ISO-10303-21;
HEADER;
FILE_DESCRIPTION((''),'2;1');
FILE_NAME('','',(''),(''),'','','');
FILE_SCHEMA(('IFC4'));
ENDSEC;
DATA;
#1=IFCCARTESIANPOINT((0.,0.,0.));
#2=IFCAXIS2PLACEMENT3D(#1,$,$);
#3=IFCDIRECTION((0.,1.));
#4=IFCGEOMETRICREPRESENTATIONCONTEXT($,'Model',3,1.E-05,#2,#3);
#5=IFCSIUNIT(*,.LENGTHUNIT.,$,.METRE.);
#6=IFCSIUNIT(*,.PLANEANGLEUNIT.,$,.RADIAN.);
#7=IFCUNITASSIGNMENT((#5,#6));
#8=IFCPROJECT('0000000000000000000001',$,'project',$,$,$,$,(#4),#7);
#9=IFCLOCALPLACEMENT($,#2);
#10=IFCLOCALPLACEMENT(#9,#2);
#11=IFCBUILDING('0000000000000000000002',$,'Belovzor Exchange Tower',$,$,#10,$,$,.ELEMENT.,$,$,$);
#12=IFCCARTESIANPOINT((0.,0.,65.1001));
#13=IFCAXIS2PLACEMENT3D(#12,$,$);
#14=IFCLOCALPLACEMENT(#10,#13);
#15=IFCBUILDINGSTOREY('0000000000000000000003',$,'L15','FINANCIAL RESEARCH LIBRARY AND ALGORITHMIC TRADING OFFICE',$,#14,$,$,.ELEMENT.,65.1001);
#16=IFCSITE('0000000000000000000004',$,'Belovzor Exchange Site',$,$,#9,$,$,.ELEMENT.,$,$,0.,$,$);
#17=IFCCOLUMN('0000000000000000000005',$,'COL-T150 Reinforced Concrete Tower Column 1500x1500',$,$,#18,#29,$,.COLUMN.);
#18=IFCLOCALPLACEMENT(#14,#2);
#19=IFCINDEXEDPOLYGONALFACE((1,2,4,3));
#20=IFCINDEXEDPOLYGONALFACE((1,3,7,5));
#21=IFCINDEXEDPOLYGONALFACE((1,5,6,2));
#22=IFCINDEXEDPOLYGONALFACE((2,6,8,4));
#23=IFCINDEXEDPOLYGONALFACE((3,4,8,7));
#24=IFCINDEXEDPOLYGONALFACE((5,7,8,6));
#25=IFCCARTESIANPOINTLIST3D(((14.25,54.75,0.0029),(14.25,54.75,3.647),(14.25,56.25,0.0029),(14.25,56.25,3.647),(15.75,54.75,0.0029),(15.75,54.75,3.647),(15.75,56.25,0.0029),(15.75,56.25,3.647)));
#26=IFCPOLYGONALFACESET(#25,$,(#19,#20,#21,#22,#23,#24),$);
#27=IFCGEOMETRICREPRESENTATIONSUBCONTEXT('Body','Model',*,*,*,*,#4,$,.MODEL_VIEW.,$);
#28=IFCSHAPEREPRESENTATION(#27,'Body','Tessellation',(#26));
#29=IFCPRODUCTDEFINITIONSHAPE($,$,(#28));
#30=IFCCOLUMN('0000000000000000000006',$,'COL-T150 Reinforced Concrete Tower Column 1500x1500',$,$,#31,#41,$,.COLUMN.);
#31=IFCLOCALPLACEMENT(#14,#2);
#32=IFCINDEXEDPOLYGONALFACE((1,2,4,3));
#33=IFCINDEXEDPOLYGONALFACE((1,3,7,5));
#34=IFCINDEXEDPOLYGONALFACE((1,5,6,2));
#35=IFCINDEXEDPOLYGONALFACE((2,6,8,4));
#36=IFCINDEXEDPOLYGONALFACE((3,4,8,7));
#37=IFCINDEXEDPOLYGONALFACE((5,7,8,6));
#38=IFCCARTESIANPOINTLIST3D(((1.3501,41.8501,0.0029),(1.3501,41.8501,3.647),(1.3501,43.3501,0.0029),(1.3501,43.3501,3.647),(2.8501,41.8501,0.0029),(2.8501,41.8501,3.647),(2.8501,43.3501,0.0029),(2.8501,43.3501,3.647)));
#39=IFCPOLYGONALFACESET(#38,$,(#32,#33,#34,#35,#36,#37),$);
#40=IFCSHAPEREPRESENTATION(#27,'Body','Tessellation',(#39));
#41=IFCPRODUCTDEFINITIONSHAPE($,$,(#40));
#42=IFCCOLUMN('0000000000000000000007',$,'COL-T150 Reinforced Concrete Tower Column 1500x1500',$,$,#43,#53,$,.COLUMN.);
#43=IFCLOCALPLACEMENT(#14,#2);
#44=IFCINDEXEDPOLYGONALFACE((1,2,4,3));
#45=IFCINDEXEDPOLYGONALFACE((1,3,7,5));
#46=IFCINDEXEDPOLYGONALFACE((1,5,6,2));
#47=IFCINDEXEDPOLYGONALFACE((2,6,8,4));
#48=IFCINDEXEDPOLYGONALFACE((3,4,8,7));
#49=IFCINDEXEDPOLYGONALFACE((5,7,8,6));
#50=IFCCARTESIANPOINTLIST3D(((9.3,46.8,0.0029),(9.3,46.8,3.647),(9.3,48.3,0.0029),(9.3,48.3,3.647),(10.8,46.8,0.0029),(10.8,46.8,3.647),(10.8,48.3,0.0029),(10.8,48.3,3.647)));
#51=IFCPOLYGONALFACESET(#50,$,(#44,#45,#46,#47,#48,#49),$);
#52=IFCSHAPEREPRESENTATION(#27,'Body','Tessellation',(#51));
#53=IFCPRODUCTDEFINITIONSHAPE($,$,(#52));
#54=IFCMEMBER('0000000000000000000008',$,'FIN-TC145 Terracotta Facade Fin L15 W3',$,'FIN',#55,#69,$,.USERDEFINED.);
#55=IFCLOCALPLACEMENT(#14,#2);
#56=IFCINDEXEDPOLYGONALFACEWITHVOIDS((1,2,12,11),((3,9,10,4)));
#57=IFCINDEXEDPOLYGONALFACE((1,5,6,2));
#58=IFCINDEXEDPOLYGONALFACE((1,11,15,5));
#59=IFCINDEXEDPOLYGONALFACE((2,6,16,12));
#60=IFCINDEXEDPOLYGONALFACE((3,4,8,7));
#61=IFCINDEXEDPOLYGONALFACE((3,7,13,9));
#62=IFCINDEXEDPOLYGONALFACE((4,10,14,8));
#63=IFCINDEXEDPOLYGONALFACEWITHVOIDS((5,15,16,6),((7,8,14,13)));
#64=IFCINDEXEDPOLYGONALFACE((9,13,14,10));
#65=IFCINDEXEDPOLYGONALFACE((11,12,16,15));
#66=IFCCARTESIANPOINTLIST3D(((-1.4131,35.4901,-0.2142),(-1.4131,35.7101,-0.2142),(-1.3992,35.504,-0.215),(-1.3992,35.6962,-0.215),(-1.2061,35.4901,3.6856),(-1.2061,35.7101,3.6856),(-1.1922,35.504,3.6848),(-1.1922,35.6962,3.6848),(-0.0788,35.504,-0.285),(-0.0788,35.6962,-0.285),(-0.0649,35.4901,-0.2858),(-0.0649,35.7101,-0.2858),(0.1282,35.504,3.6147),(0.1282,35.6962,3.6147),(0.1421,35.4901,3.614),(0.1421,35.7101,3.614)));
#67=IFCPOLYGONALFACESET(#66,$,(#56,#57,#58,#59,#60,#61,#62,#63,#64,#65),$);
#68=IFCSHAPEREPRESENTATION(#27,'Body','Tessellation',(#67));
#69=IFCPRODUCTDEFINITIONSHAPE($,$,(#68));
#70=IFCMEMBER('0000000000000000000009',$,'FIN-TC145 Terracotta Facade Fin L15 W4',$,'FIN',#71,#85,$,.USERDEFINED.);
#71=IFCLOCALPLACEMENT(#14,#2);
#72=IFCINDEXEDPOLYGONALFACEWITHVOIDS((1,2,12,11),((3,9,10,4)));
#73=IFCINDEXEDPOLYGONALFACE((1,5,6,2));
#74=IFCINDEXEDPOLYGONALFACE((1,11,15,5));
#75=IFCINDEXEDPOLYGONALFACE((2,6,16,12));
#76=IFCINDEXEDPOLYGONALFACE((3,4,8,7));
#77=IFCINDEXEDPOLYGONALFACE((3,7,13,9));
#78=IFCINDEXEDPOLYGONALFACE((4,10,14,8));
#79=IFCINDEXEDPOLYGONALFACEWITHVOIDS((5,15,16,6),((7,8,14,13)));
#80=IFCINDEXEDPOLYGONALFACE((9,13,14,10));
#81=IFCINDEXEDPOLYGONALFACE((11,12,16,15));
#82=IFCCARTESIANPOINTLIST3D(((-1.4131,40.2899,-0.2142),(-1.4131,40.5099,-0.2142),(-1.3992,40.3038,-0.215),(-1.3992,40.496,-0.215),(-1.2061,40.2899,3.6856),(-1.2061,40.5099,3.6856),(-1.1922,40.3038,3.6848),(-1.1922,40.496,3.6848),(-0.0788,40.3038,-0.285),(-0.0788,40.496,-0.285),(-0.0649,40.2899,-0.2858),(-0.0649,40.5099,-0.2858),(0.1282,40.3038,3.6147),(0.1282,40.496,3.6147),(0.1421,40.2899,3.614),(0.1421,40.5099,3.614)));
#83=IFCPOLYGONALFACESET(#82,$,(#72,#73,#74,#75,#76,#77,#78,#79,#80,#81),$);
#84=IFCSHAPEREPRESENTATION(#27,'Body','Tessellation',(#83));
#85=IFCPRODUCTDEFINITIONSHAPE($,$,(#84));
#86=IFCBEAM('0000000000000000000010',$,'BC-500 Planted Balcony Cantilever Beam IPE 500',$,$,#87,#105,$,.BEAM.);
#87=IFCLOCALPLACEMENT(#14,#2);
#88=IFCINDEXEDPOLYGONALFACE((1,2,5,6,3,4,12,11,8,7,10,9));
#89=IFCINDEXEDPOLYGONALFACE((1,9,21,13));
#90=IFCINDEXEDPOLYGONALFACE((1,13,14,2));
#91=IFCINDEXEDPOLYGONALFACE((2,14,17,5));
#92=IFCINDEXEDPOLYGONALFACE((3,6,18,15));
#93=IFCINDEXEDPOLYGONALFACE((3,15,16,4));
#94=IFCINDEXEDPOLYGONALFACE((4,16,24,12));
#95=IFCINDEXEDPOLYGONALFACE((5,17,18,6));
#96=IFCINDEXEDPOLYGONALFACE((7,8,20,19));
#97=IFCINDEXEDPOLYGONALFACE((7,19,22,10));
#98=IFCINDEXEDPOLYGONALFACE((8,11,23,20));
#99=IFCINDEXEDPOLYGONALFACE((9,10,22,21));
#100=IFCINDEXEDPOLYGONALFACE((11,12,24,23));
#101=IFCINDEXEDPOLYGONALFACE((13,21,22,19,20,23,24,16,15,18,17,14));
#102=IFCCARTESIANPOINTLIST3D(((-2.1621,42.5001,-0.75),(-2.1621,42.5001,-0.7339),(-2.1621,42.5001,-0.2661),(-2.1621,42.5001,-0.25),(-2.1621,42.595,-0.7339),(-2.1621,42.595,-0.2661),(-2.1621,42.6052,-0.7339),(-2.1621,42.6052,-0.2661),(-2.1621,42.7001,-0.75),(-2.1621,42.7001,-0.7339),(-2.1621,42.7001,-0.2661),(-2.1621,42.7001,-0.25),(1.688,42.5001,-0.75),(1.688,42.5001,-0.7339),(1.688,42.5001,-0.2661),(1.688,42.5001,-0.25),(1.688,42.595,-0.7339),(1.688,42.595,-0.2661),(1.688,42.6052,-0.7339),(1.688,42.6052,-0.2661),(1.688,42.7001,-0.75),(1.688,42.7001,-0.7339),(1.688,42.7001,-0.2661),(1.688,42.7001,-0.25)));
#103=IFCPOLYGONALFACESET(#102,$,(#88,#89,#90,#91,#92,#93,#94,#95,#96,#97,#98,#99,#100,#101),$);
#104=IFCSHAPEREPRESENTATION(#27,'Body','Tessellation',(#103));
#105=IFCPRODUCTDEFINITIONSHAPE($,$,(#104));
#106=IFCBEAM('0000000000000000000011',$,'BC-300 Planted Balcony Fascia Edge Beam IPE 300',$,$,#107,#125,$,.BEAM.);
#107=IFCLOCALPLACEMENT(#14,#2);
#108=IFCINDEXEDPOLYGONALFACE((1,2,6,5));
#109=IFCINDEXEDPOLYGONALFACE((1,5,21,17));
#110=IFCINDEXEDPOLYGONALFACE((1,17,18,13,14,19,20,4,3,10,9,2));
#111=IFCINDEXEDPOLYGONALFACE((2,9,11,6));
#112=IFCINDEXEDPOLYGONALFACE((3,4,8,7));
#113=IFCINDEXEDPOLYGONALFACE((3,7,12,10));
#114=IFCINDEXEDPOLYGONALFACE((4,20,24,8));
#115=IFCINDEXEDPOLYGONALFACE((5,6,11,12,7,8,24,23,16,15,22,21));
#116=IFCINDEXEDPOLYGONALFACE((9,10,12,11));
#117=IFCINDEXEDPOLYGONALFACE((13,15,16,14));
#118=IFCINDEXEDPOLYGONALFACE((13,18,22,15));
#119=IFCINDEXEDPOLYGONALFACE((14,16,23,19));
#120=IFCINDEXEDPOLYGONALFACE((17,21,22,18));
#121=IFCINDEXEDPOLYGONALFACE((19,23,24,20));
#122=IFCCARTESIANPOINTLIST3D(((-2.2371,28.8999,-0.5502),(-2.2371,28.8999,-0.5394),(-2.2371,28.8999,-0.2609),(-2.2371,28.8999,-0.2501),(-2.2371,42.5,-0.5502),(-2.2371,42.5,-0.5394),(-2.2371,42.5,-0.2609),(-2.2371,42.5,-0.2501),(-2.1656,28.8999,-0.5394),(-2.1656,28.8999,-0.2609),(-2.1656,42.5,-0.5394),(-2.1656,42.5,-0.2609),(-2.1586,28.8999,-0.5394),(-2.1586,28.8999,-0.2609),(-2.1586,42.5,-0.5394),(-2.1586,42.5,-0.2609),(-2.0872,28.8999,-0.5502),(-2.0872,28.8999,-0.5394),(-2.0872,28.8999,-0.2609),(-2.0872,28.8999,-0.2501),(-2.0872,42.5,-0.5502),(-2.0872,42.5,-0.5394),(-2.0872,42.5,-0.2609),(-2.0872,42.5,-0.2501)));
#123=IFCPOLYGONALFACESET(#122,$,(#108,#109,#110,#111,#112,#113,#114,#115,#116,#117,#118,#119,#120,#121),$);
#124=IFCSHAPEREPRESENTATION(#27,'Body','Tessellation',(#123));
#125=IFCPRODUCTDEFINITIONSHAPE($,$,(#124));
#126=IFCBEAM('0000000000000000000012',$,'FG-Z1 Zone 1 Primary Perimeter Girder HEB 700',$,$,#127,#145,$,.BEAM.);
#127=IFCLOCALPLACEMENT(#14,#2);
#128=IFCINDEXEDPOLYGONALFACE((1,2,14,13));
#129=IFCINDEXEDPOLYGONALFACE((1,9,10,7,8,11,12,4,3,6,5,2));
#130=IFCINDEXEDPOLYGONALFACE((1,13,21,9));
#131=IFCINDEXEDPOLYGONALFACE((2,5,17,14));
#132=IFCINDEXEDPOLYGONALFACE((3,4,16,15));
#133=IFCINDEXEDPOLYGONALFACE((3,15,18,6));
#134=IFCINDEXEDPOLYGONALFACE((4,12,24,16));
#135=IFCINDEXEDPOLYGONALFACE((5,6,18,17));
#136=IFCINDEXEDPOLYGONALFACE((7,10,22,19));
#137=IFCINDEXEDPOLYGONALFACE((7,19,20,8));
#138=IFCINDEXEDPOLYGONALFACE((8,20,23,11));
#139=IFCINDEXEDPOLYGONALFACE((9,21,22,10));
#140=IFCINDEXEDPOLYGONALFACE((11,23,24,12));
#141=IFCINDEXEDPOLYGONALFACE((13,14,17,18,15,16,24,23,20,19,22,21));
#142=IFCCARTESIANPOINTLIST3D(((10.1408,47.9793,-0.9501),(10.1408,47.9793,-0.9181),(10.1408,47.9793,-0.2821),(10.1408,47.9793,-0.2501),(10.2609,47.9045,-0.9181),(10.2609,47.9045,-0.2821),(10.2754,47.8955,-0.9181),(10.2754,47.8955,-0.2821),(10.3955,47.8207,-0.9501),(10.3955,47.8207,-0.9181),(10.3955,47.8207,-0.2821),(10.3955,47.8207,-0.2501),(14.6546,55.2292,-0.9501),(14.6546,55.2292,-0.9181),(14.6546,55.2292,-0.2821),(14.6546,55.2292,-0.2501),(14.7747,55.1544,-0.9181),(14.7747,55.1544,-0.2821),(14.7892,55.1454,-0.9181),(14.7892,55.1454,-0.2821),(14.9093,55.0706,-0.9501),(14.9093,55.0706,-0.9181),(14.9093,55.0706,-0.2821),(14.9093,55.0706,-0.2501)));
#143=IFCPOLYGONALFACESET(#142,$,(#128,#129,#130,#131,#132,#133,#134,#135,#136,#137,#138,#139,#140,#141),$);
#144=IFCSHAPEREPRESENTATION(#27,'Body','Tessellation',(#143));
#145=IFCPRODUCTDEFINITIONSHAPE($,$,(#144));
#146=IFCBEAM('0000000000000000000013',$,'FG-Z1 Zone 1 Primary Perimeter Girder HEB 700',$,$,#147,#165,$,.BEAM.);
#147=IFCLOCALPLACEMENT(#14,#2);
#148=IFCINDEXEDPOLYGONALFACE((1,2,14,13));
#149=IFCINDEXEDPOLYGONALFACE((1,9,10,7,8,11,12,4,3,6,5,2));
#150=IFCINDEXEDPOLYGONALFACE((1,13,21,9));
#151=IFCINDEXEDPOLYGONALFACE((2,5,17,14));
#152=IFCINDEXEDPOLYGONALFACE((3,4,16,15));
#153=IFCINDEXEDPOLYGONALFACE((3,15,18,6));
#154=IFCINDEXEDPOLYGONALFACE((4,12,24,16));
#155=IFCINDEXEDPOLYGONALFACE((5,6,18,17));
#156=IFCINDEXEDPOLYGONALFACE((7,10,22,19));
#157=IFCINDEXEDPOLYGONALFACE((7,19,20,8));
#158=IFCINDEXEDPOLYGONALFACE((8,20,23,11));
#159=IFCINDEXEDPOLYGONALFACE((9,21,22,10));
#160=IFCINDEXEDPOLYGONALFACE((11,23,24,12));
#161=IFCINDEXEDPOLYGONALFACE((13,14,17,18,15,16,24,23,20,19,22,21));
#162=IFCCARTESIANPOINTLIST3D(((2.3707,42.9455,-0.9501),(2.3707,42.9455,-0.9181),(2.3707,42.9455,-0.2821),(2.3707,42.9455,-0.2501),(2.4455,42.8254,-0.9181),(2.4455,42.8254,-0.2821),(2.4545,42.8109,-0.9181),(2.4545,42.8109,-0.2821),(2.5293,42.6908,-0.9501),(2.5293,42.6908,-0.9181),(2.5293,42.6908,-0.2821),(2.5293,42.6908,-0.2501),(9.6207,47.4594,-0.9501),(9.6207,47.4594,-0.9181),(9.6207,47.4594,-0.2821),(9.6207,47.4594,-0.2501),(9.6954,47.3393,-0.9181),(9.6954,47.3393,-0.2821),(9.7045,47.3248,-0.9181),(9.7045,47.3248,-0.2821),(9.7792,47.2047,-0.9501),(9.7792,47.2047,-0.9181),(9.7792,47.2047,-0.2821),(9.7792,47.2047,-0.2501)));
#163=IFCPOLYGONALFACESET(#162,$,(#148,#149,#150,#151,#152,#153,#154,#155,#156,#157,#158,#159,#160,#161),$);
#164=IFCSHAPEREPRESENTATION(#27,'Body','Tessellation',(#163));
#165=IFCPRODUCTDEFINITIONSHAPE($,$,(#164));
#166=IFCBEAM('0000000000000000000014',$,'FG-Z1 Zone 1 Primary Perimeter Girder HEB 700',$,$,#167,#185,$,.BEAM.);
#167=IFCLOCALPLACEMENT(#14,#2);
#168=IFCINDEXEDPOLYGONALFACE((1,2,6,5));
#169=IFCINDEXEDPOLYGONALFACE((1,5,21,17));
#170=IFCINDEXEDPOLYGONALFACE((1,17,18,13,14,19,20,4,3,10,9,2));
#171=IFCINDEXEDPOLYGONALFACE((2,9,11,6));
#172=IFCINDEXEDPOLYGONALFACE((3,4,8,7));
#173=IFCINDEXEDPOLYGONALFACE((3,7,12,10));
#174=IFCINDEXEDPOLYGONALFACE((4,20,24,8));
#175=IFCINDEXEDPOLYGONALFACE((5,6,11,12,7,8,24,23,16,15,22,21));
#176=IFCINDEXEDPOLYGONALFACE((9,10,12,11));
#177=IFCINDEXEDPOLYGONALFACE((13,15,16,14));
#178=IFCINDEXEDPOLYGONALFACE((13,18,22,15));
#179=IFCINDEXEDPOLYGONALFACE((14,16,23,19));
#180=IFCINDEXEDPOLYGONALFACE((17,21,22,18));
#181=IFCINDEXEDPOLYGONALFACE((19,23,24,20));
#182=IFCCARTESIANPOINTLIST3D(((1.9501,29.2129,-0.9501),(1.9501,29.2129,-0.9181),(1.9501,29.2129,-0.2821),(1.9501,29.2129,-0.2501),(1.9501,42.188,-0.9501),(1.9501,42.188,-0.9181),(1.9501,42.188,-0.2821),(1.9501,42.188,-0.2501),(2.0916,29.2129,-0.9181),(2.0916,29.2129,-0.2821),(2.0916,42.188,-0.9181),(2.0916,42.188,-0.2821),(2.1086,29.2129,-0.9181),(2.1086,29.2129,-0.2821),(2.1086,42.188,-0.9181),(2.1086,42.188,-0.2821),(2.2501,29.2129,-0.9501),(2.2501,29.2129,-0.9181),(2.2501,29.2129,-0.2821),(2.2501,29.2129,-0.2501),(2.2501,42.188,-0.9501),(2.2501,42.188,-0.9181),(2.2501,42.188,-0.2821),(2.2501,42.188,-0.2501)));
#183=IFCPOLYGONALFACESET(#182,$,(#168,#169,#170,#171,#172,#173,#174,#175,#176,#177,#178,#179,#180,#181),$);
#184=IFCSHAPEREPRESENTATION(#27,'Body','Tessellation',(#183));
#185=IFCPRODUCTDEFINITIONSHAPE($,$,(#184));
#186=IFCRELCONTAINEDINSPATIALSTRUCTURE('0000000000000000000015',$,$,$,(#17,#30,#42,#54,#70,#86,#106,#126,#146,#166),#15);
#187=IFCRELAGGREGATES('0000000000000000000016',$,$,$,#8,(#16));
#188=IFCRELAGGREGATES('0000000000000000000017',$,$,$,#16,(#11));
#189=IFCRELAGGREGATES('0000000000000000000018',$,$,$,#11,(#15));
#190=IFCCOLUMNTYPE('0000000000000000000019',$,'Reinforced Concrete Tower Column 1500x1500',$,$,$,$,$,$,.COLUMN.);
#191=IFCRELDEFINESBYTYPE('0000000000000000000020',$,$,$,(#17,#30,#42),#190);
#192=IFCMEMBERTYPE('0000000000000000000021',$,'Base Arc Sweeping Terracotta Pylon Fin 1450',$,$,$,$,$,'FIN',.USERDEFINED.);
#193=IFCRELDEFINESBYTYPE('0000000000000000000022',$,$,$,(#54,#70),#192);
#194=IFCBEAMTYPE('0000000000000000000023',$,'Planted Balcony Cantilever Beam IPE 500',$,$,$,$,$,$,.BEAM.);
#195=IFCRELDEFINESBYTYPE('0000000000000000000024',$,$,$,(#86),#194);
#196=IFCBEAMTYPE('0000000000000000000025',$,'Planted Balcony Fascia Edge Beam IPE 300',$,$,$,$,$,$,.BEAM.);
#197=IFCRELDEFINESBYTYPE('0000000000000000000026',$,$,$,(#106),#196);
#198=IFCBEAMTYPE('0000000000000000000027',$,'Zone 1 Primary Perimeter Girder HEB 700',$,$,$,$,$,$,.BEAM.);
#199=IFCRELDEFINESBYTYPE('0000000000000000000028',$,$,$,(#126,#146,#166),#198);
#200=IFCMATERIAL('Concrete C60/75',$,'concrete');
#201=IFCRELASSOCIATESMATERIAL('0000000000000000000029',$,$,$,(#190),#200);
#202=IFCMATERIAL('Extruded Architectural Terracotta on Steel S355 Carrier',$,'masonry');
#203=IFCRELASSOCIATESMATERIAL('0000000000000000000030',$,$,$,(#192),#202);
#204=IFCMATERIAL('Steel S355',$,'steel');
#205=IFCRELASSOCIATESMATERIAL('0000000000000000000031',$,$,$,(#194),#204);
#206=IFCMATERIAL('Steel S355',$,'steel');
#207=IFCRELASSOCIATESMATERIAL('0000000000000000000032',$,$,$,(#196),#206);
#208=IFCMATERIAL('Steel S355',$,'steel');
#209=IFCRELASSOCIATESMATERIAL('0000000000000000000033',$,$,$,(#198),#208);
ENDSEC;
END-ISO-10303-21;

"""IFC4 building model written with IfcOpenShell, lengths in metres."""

from ifc_helpers import new_model, si_unit, direction, frame, origin, origin_2d, place, context, subcontext, project, spatial, rectangle, hollow_rectangle, i_section, extrude, material, material_profile, profile_set, type_object, element, save


model = new_model("IFC4")

# Units and contexts
model_context = context("Model", 3, precision=1e-05, world=origin(), true_north=direction((0.0, 1.0)))
body_context = subcontext(model_context, "Body", "Model", "MODEL_VIEW")
ifc_project = project(units=[si_unit("LENGTHUNIT", "METRE"), si_unit("PLANEANGLEUNIT", "RADIAN")], contexts=[model_context])

# Site, building, storey
site_placement = place(None, origin())
site = spatial("IfcSite", under=ifc_project, at=site_placement, Name="Belovzor Exchange Site", CompositionType="ELEMENT", RefElevation=0.0)
building_placement = place(site_placement, origin())
building = spatial("IfcBuilding", under=site, at=building_placement, Name="Belovzor Exchange Tower", CompositionType="ELEMENT")
storey_placement = place(building_placement, frame((0.0, 0.0, 65.1001)))
storey = spatial("IfcBuildingStorey", under=building, at=storey_placement, Name="L15", Description="FINANCIAL RESEARCH LIBRARY AND ALGORITHMIC TRADING OFFICE", CompositionType="ELEMENT", Elevation=65.1001)

# Columns
ifc_material_1 = material(Name="Concrete C60/75", Category="concrete")
ifc_material_profile_1 = material_profile(ifc_material_1, rectangle(XDim=1.5, YDim=1.5, at=origin_2d()))
ifc_profile_set_1 = profile_set([ifc_material_profile_1], Name="Concrete C60/75")
column_type = type_object("IfcColumnType", Name="Reinforced Concrete Tower Column 1500x1500", PredefinedType="COLUMN", material=ifc_profile_set_1)
for number, where, z_axis, x_axis, name in (
    (1, (15.0, 55.5, 0.0029), (0.0, 0.0, 1.0), (1.0, 0.0, 0.0), "COL-T150 Reinforced Concrete Tower Column 1500x1500"),
    (2, (2.1001, 42.6001, 0.0029), (0.0, 0.0, 1.0), (1.0, 0.0, 0.0), "COL-T150 Reinforced Concrete Tower Column 1500x1500"),
    (3, (10.05, 47.55, 0.0029), (0.0, 0.0, 1.0), (1.0, 0.0, 0.0), "COL-T150 Reinforced Concrete Tower Column 1500x1500"),
):
    element("IfcColumn", number, at=place(storey_placement, frame(where, z_axis=z_axis, x_axis=x_axis)), inside=storey, type_object=column_type, Name=name, PredefinedType="COLUMN", context=body_context, shape_type="SweptSolid", body=[
        extrude(rectangle(XDim=1.5, YDim=1.5, at=origin_2d()), origin(), (0.0, 0.0, 1.0), 3.644),
    ])

# Members
ifc_material_2 = material(Name="Extruded Architectural Terracotta on Steel S355 Carrier", Category="masonry")
ifc_material_profile_2 = material_profile(ifc_material_2, hollow_rectangle(XDim=0.22, YDim=1.3501, WallThickness=0.0139, at=origin_2d()))
ifc_profile_set_2 = profile_set([ifc_material_profile_2], Name="Extruded Architectural Terracotta on Steel S355 Carrier")
member_type = type_object("IfcMemberType", Name="Base Arc Sweeping Terracotta Pylon Fin 1450", ElementType="FIN", PredefinedType="USERDEFINED", material=ifc_profile_set_2)
for number, where, z_axis, x_axis, name in (
    (4, (-0.739, 35.6001, -0.25), (0.053012, 0.0, 0.998594), (0.0, 1.0, 0.0), "FIN-TC145 Terracotta Facade Fin L15 W3"),
    (5, (-0.739, 40.3999, -0.25), (0.053012, 0.0, 0.998594), (0.0, 1.0, 0.0), "FIN-TC145 Terracotta Facade Fin L15 W4"),
):
    element("IfcMember", number, at=place(storey_placement, frame(where, z_axis=z_axis, x_axis=x_axis)), inside=storey, type_object=member_type, Name=name, ObjectType="FIN", PredefinedType="USERDEFINED", context=body_context, shape_type="SweptSolid", body=[
        extrude(hollow_rectangle(XDim=0.22, YDim=1.3501, WallThickness=0.0139, at=origin_2d()), origin(), (0.0, 0.0, 1.0), 3.9053),
    ])

# Beams
ifc_material_3 = material(Name="Steel S355", Category="steel")
ifc_material_profile_3 = material_profile(ifc_material_3, i_section(OverallWidth=0.2, OverallDepth=0.5, WebThickness=0.0103, FlangeThickness=0.0161, at=origin_2d()))
ifc_profile_set_3 = profile_set([ifc_material_profile_3], Name="Steel S355")
beam_type_1 = type_object("IfcBeamType", Name="Planted Balcony Cantilever Beam IPE 500", PredefinedType="BEAM", material=ifc_profile_set_3)
beam_1_placement = place(storey_placement, frame((1.688, 42.6001, -0.5), z_axis=(-1.0, 0.0, 0.0), x_axis=(0.0, -1.0, 0.0)))
element("IfcBeam", 6, at=beam_1_placement, inside=storey, type_object=beam_type_1, Name="BC-500 Planted Balcony Cantilever Beam IPE 500", PredefinedType="BEAM", context=body_context, shape_type="SweptSolid", body=[
    extrude(i_section(OverallWidth=0.2, OverallDepth=0.5, WebThickness=0.0103, FlangeThickness=0.0161, at=origin_2d()), origin(), (0.0, 0.0, 1.0), 3.8501),
])
ifc_material_4 = material(Name="Steel S355", Category="steel")
ifc_material_profile_4 = material_profile(ifc_material_4, i_section(OverallWidth=0.1499, OverallDepth=0.3, WebThickness=0.0071, FlangeThickness=0.0107, at=origin_2d()))
ifc_profile_set_4 = profile_set([ifc_material_profile_4], Name="Steel S355")
beam_type_2 = type_object("IfcBeamType", Name="Planted Balcony Fascia Edge Beam IPE 300", PredefinedType="BEAM", material=ifc_profile_set_4)
beam_2_placement = place(storey_placement, frame((-2.1621, 42.5, -0.4001), z_axis=(0.0, -1.0, 0.0), x_axis=(1.0, 0.0, 0.0)))
element("IfcBeam", 7, at=beam_2_placement, inside=storey, type_object=beam_type_2, Name="BC-300 Planted Balcony Fascia Edge Beam IPE 300", PredefinedType="BEAM", context=body_context, shape_type="SweptSolid", body=[
    extrude(i_section(OverallWidth=0.1499, OverallDepth=0.3, WebThickness=0.0071, FlangeThickness=0.0107, at=origin_2d()), origin(), (0.0, 0.0, 1.0), 13.6001),
])
ifc_material_5 = material(Name="Steel S355", Category="steel")
ifc_material_profile_5 = material_profile(ifc_material_5, i_section(OverallWidth=0.3, OverallDepth=0.7, WebThickness=0.0171, FlangeThickness=0.032, at=origin_2d()))
ifc_profile_set_5 = profile_set([ifc_material_profile_5], Name="Steel S355")
beam_type_3 = type_object("IfcBeamType", Name="Zone 1 Primary Perimeter Girder HEB 700", PredefinedType="BEAM", material=ifc_profile_set_5)
for number, where, z_axis, x_axis, name in (
    (8, (14.782, 55.1499, -0.6001), (-0.528539, -0.848909, 0.0), (0.848909, -0.528539, 0.0), "FG-Z1 Zone 1 Primary Perimeter Girder HEB 700"),
    (9, (9.7, 47.332, -0.6001), (-0.848909, -0.528539, 0.0), (0.528539, -0.848909, 0.0), "FG-Z1 Zone 1 Primary Perimeter Girder HEB 700"),
):
    element("IfcBeam", number, at=place(storey_placement, frame(where, z_axis=z_axis, x_axis=x_axis)), inside=storey, type_object=beam_type_3, Name=name, PredefinedType="BEAM", context=body_context, shape_type="SweptSolid", body=[
        extrude(i_section(OverallWidth=0.3, OverallDepth=0.7, WebThickness=0.0171, FlangeThickness=0.032, at=origin_2d()), origin(), (0.0, 0.0, 1.0), 8.5403),
    ])
beam_3_placement = place(storey_placement, frame((2.1001, 42.188, -0.6001), z_axis=(0.0, -1.0, 0.0), x_axis=(1.0, 0.0, 0.0)))
element("IfcBeam", 10, at=beam_3_placement, inside=storey, type_object=beam_type_3, Name="FG-Z1 Zone 1 Primary Perimeter Girder HEB 700", PredefinedType="BEAM", context=body_context, shape_type="SweptSolid", body=[
    extrude(i_section(OverallWidth=0.3, OverallDepth=0.7, WebThickness=0.0171, FlangeThickness=0.032, at=origin_2d()), origin(), (0.0, 0.0, 1.0), 12.9751),
])

save(model, "model.ifc")
